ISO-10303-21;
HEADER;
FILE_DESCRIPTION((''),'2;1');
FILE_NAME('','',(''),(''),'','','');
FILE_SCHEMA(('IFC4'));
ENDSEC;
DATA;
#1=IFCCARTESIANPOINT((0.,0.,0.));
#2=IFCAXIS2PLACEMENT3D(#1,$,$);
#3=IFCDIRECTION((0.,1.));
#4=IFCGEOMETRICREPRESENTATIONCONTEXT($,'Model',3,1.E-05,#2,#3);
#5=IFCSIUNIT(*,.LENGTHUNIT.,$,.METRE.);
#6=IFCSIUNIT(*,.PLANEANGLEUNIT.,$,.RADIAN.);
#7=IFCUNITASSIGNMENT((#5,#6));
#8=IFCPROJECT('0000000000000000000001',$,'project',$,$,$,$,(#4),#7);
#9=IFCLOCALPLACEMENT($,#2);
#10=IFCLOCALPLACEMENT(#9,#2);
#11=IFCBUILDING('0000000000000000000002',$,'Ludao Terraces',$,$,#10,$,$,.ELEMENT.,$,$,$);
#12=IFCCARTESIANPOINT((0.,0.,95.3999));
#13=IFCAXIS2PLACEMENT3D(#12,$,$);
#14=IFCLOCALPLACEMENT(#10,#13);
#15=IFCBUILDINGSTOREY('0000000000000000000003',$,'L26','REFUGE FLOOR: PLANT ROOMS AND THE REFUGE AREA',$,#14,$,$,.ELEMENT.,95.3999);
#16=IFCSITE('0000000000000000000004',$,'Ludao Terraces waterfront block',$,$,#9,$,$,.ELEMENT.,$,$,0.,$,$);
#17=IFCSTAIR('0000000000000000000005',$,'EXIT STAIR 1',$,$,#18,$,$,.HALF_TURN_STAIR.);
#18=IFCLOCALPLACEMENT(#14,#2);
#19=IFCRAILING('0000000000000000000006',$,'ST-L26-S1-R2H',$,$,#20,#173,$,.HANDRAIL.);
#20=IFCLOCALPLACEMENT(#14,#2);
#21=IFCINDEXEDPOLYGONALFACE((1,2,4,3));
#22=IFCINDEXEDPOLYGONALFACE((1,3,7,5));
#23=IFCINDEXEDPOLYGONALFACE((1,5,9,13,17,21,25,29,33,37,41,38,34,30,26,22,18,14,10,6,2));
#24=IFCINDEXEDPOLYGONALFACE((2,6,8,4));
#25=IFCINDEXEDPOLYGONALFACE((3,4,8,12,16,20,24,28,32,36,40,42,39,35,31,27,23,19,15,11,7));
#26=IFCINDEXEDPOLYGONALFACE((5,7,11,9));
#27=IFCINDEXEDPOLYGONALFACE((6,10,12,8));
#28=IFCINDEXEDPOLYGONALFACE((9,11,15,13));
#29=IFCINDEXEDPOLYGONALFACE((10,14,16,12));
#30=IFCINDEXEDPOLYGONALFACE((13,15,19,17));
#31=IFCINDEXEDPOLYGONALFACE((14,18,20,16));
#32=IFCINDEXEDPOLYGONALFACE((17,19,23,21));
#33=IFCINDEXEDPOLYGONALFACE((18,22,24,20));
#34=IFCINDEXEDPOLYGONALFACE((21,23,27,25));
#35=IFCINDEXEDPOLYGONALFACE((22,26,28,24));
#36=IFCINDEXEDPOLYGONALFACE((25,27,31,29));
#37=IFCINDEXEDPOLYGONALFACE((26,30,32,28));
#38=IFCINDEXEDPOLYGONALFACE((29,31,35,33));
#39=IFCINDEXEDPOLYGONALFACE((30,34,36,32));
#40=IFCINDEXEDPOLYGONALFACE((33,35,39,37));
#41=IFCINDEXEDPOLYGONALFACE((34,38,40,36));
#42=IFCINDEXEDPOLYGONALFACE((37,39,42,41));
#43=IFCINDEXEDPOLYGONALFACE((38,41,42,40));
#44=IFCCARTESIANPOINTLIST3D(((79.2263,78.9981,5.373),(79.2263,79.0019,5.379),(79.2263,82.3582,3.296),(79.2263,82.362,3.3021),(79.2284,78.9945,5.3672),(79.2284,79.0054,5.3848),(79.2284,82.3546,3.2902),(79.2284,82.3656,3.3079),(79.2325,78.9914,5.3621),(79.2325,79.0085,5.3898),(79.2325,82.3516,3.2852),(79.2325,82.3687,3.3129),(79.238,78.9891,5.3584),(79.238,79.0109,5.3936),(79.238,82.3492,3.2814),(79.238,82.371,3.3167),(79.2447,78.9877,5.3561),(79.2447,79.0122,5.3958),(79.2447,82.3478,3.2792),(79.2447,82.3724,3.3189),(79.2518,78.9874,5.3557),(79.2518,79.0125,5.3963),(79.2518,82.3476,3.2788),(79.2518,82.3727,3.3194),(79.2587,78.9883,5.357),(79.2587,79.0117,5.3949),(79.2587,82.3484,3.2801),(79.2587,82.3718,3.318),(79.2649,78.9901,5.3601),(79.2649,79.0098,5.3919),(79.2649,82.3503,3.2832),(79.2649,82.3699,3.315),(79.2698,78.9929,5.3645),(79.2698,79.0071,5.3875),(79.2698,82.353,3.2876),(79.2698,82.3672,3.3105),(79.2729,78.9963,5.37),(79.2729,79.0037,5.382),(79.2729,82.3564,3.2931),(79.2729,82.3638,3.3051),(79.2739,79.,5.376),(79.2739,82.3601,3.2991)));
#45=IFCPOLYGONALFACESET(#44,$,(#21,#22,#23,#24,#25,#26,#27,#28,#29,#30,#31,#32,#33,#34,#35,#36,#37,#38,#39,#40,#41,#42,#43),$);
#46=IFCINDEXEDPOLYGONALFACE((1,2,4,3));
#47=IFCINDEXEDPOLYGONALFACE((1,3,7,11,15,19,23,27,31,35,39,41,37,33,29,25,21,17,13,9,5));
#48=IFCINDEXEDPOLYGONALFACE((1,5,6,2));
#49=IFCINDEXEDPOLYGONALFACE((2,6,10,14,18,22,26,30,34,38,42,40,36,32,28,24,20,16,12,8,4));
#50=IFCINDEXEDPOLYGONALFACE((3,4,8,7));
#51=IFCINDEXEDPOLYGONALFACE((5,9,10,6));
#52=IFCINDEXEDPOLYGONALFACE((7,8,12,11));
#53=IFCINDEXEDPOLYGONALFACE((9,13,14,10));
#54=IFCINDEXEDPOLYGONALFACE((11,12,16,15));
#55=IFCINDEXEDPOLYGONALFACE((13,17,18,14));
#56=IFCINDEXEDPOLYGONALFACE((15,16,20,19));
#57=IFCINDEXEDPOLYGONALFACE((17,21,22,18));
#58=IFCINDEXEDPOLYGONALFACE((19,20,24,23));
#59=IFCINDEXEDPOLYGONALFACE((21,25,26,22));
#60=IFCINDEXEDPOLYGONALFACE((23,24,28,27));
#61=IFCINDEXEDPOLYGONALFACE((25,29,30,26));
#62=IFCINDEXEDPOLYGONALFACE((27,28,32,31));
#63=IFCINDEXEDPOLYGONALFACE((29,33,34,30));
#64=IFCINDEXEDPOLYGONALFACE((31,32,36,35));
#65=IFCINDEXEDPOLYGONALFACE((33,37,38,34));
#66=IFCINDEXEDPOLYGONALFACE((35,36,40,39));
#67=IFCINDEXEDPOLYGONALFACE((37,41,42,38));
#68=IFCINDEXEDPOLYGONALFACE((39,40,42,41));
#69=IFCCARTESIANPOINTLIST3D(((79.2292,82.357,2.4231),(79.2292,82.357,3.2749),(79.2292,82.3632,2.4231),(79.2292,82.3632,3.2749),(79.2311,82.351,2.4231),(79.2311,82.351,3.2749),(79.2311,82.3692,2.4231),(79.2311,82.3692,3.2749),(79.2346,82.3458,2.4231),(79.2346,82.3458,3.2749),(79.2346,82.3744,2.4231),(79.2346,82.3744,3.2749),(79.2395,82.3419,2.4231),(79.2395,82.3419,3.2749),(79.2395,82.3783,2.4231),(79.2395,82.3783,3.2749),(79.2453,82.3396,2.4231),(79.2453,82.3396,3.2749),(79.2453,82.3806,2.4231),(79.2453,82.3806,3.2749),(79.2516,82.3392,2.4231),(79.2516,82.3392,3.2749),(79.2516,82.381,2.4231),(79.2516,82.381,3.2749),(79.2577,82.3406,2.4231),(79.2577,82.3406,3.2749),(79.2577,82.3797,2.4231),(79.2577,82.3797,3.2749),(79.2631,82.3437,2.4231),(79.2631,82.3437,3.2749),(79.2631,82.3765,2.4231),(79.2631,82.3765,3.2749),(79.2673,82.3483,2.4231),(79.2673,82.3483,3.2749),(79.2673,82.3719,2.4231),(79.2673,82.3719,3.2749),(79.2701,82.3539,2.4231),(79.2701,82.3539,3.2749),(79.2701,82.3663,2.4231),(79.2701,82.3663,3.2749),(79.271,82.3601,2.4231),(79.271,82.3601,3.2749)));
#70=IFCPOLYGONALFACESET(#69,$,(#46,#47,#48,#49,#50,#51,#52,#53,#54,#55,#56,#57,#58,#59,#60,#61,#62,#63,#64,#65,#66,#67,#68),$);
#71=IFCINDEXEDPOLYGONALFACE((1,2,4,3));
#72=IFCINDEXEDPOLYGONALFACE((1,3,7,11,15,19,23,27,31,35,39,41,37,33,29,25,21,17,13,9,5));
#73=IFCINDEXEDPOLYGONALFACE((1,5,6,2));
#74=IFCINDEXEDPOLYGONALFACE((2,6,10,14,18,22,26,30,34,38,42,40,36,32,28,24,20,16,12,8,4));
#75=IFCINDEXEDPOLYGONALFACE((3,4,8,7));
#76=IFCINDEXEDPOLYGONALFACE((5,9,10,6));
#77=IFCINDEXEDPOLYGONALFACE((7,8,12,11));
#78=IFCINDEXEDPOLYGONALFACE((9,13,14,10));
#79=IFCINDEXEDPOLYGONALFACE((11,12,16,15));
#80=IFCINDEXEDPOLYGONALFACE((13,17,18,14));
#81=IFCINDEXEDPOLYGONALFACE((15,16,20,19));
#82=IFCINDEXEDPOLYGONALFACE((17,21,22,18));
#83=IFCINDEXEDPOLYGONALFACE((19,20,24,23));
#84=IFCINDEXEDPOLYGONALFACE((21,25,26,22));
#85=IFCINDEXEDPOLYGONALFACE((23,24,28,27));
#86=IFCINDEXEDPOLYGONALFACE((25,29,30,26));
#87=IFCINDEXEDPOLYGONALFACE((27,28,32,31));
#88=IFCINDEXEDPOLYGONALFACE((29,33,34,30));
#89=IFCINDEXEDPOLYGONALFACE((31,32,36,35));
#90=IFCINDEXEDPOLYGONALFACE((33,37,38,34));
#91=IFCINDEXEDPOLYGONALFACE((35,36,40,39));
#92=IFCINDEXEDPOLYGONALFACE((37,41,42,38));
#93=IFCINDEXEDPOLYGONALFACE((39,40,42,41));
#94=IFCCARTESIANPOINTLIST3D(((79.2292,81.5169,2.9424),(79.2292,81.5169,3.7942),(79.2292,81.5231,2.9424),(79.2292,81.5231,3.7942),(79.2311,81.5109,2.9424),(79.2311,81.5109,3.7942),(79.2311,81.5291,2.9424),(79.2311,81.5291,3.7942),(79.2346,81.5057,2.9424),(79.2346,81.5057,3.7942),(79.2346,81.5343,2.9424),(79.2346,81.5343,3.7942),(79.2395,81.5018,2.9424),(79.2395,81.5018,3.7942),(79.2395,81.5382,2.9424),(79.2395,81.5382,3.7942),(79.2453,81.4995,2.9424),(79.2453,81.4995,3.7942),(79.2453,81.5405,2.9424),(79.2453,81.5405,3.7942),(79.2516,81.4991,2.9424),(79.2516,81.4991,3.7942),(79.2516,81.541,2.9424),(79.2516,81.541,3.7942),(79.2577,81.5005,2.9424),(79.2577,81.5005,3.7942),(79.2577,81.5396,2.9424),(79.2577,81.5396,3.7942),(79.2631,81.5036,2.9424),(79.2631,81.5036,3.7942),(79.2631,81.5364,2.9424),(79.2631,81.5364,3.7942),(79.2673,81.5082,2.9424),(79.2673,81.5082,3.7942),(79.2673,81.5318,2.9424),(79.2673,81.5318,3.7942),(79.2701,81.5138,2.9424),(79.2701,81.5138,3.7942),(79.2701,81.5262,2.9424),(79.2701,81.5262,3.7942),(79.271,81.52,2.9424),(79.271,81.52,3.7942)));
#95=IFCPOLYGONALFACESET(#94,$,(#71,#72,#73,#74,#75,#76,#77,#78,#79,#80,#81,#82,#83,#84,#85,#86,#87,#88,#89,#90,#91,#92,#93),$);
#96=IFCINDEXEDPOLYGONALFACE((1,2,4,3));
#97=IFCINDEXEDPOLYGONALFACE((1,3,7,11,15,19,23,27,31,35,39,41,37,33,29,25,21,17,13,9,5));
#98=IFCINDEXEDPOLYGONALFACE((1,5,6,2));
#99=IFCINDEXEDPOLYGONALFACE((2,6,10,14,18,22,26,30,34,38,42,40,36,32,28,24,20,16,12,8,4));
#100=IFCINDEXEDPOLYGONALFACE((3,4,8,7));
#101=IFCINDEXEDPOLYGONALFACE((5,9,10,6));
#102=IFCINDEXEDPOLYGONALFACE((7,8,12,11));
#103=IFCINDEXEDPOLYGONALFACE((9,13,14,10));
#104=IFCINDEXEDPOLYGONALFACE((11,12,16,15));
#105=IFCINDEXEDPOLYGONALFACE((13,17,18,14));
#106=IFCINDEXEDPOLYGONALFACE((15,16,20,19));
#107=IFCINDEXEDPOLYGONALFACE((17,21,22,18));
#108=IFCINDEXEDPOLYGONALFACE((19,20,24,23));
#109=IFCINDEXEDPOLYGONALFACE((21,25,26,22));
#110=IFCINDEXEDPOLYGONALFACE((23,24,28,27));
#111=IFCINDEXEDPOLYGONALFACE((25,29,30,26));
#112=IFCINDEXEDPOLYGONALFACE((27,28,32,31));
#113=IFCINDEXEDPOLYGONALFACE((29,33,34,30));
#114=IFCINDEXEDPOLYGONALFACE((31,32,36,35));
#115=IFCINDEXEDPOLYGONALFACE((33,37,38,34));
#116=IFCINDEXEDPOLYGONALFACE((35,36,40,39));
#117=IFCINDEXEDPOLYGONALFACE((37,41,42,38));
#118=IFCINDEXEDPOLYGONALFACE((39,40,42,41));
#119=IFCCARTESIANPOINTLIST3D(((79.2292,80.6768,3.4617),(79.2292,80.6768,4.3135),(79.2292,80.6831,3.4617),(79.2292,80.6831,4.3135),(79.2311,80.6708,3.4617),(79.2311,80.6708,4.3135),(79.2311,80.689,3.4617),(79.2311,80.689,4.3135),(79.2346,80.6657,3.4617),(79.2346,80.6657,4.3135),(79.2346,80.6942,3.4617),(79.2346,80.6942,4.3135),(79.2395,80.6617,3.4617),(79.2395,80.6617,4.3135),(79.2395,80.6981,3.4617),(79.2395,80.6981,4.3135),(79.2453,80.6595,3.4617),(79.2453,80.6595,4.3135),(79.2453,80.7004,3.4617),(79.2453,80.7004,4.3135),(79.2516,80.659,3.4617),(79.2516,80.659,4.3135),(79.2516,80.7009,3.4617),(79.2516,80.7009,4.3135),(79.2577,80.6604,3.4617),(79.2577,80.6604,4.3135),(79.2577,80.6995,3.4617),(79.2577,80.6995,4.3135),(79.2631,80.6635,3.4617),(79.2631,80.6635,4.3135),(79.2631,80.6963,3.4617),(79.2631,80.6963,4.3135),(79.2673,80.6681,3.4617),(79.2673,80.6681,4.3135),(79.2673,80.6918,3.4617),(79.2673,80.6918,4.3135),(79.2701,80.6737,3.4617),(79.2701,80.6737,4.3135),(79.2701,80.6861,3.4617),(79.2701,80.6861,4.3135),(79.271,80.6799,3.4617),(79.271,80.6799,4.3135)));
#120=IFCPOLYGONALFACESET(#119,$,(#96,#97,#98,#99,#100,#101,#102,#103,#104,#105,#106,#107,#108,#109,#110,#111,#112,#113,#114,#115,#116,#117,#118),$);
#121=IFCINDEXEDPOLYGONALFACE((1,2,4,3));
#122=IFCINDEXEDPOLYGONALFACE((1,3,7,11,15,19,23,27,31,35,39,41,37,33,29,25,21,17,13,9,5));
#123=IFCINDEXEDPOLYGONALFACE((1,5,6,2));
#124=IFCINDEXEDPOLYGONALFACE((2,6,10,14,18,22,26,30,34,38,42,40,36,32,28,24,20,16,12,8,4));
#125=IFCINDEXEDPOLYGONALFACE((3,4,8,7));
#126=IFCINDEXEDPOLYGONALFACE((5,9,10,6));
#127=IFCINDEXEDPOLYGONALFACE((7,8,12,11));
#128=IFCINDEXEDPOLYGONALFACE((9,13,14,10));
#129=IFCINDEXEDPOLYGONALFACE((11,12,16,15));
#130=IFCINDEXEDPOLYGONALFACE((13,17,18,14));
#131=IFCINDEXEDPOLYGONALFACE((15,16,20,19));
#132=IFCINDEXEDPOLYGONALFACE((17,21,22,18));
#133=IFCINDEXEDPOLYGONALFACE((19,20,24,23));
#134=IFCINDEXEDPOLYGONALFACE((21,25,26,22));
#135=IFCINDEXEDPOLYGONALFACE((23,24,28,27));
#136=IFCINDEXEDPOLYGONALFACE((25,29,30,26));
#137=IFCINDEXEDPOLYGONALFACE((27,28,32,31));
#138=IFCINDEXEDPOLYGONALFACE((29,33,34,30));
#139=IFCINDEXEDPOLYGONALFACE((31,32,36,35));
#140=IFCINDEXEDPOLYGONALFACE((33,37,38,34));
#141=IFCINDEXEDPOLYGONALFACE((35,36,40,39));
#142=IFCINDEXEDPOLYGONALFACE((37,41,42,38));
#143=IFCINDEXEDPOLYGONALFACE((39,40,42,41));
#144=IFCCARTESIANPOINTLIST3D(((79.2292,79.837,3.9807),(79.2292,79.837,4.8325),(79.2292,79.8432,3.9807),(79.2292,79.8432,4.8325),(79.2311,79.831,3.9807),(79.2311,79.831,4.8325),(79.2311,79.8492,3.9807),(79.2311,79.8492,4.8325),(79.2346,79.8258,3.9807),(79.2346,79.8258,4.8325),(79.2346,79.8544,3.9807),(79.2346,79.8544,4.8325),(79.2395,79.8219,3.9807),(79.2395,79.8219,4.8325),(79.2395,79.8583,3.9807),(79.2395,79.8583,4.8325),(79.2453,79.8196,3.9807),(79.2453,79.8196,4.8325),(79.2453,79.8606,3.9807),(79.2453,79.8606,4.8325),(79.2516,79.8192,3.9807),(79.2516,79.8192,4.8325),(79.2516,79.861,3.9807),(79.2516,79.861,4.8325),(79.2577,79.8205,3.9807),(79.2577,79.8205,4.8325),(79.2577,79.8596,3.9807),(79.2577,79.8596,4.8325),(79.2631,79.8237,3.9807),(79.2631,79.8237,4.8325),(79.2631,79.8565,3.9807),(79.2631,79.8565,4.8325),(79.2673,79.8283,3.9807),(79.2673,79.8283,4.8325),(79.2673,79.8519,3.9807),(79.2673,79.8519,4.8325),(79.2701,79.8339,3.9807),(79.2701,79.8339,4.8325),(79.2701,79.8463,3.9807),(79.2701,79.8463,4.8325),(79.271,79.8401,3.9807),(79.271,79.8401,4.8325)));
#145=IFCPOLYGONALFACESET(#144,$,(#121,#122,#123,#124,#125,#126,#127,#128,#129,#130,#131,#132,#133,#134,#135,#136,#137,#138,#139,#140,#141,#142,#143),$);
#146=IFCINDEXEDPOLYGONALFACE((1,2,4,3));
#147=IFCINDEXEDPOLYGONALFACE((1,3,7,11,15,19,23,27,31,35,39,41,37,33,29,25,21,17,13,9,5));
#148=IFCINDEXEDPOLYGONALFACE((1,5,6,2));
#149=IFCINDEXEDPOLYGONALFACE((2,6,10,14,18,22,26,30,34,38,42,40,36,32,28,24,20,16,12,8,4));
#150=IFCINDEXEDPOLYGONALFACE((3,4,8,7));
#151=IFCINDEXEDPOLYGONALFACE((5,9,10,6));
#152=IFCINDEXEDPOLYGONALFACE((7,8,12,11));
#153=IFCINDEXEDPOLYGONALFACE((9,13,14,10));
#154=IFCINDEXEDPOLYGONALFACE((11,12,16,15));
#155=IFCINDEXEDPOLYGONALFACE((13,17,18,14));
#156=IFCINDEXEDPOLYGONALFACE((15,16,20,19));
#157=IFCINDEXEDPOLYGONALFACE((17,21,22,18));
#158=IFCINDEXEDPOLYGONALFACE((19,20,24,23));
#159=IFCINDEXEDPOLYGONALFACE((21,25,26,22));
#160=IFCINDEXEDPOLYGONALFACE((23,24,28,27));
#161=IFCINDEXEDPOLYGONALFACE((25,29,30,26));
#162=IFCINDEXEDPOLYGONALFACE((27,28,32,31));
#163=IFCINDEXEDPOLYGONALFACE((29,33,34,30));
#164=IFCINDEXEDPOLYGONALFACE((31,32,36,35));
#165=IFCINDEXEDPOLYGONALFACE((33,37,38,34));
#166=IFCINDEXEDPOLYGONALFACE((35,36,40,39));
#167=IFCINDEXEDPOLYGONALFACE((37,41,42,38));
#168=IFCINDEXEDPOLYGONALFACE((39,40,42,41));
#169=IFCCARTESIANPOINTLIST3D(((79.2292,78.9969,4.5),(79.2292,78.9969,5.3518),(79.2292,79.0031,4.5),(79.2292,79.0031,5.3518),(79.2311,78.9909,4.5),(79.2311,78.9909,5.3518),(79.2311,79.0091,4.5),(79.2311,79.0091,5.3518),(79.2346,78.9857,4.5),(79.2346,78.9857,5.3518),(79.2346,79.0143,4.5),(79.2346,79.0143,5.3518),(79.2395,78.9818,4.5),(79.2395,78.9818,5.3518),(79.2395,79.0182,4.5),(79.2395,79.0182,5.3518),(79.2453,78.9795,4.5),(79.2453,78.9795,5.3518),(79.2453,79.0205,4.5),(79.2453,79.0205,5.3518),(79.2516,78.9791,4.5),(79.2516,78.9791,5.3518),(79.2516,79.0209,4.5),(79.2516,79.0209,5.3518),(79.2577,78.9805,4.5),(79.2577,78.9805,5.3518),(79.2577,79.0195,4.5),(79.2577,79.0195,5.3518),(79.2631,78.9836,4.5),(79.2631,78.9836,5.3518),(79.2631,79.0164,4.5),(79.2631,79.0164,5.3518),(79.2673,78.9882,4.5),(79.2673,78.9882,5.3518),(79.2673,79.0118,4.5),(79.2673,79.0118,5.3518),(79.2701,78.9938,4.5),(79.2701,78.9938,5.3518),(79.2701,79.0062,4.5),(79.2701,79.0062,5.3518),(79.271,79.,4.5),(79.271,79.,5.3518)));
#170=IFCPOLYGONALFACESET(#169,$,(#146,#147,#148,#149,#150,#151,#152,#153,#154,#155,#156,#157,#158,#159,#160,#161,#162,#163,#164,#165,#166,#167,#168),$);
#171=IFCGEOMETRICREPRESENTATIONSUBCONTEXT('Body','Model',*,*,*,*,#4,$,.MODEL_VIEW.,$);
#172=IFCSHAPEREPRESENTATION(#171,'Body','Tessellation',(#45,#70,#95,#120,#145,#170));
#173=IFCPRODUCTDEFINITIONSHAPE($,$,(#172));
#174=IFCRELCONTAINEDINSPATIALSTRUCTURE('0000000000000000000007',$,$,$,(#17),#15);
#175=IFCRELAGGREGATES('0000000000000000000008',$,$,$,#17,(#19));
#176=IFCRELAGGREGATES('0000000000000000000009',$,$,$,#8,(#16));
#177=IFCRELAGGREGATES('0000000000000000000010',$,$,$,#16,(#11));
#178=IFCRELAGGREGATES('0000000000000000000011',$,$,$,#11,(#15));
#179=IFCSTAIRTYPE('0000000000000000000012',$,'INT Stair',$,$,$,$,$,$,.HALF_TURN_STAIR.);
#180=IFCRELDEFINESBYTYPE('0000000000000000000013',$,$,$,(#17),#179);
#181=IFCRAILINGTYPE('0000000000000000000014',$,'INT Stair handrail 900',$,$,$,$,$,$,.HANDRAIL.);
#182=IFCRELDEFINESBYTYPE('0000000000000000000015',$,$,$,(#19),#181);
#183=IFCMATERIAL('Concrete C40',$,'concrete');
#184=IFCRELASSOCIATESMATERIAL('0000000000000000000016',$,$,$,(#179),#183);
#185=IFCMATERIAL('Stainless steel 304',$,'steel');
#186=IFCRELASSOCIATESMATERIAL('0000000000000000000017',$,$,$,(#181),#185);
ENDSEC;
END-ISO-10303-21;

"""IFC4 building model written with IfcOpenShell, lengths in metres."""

from ifc_helpers import new_model, si_unit, direction, frame, origin, origin_2d, place, context, subcontext, project, spatial, circle, extrude, material, type_object, element, aggregate, save


model = new_model("IFC4")

# Units and contexts
model_context = context("Model", 3, precision=1e-05, world=origin(), true_north=direction((0.0, 1.0)))
body_context = subcontext(model_context, "Body", "Model", "MODEL_VIEW")
ifc_project = project(units=[si_unit("LENGTHUNIT", "METRE"), si_unit("PLANEANGLEUNIT", "RADIAN")], contexts=[model_context])

# Site, building, storey
site_placement = place(None, origin())
site = spatial("IfcSite", under=ifc_project, at=site_placement, Name="Ludao Terraces waterfront block", CompositionType="ELEMENT", RefElevation=0.0)
building_placement = place(site_placement, origin())
building = spatial("IfcBuilding", under=site, at=building_placement, Name="Ludao Terraces", CompositionType="ELEMENT")
storey_placement = place(building_placement, frame((0.0, 0.0, 95.3999)))
storey = spatial("IfcBuildingStorey", under=building, at=storey_placement, Name="L26", Description="REFUGE FLOOR: PLANT ROOMS AND THE REFUGE AREA", CompositionType="ELEMENT", Elevation=95.3999)

# Stair, railing
ifc_material_1 = material(Name="Concrete C40", Category="concrete")
stair_type = type_object("IfcStairType", Name="INT Stair", PredefinedType="HALF_TURN_STAIR", material=ifc_material_1)
stair_placement = place(storey_placement, origin())
stair = element("IfcStair", 1, at=stair_placement, inside=storey, type_object=stair_type, Name="EXIT STAIR 1", PredefinedType="HALF_TURN_STAIR")
ifc_material_2 = material(Name="Stainless steel 304", Category="steel")
railing_type_1 = type_object("IfcRailingType", Name="INT Stair handrail 900", PredefinedType="HANDRAIL", material=ifc_material_2)
railing_1_placement = place(storey_placement, frame((79.25, 82.3601, 2.4231)))
railing_1 = element("IfcRailing", 2, at=railing_1_placement, type_object=railing_type_1, Name="ST-L26-S1-R2H", PredefinedType="HANDRAIL", context=body_context, shape_type="SweptSolid", body=[
    extrude(circle(Radius=0.0239, at=origin_2d()), frame((0.0, 0.0, 0.876), z_axis=(0.0, -0.850623, 0.525776), x_axis=(1.0, 0.0, 0.0)), (0.0, 0.0, 1.0), 3.9502),
    extrude(circle(Radius=0.021, at=origin_2d()), origin(), (0.0, 0.0, 1.0), 0.8518),
    extrude(circle(Radius=0.021, at=origin_2d()), frame((0.0, -0.8401, 0.5193)), (0.0, 0.0, 1.0), 0.8518),
    extrude(circle(Radius=0.021, at=origin_2d()), frame((0.0, -1.6802, 1.0386)), (0.0, 0.0, 1.0), 0.8518),
    extrude(circle(Radius=0.021, at=origin_2d()), frame((0.0, -2.52, 1.5576)), (0.0, 0.0, 1.0), 0.8518),
    extrude(circle(Radius=0.021, at=origin_2d()), frame((0.0, -3.3601, 2.0769)), (0.0, 0.0, 1.0), 0.8518),
])
aggregate(stair, [railing_1])

save(model, "model.ifc")
